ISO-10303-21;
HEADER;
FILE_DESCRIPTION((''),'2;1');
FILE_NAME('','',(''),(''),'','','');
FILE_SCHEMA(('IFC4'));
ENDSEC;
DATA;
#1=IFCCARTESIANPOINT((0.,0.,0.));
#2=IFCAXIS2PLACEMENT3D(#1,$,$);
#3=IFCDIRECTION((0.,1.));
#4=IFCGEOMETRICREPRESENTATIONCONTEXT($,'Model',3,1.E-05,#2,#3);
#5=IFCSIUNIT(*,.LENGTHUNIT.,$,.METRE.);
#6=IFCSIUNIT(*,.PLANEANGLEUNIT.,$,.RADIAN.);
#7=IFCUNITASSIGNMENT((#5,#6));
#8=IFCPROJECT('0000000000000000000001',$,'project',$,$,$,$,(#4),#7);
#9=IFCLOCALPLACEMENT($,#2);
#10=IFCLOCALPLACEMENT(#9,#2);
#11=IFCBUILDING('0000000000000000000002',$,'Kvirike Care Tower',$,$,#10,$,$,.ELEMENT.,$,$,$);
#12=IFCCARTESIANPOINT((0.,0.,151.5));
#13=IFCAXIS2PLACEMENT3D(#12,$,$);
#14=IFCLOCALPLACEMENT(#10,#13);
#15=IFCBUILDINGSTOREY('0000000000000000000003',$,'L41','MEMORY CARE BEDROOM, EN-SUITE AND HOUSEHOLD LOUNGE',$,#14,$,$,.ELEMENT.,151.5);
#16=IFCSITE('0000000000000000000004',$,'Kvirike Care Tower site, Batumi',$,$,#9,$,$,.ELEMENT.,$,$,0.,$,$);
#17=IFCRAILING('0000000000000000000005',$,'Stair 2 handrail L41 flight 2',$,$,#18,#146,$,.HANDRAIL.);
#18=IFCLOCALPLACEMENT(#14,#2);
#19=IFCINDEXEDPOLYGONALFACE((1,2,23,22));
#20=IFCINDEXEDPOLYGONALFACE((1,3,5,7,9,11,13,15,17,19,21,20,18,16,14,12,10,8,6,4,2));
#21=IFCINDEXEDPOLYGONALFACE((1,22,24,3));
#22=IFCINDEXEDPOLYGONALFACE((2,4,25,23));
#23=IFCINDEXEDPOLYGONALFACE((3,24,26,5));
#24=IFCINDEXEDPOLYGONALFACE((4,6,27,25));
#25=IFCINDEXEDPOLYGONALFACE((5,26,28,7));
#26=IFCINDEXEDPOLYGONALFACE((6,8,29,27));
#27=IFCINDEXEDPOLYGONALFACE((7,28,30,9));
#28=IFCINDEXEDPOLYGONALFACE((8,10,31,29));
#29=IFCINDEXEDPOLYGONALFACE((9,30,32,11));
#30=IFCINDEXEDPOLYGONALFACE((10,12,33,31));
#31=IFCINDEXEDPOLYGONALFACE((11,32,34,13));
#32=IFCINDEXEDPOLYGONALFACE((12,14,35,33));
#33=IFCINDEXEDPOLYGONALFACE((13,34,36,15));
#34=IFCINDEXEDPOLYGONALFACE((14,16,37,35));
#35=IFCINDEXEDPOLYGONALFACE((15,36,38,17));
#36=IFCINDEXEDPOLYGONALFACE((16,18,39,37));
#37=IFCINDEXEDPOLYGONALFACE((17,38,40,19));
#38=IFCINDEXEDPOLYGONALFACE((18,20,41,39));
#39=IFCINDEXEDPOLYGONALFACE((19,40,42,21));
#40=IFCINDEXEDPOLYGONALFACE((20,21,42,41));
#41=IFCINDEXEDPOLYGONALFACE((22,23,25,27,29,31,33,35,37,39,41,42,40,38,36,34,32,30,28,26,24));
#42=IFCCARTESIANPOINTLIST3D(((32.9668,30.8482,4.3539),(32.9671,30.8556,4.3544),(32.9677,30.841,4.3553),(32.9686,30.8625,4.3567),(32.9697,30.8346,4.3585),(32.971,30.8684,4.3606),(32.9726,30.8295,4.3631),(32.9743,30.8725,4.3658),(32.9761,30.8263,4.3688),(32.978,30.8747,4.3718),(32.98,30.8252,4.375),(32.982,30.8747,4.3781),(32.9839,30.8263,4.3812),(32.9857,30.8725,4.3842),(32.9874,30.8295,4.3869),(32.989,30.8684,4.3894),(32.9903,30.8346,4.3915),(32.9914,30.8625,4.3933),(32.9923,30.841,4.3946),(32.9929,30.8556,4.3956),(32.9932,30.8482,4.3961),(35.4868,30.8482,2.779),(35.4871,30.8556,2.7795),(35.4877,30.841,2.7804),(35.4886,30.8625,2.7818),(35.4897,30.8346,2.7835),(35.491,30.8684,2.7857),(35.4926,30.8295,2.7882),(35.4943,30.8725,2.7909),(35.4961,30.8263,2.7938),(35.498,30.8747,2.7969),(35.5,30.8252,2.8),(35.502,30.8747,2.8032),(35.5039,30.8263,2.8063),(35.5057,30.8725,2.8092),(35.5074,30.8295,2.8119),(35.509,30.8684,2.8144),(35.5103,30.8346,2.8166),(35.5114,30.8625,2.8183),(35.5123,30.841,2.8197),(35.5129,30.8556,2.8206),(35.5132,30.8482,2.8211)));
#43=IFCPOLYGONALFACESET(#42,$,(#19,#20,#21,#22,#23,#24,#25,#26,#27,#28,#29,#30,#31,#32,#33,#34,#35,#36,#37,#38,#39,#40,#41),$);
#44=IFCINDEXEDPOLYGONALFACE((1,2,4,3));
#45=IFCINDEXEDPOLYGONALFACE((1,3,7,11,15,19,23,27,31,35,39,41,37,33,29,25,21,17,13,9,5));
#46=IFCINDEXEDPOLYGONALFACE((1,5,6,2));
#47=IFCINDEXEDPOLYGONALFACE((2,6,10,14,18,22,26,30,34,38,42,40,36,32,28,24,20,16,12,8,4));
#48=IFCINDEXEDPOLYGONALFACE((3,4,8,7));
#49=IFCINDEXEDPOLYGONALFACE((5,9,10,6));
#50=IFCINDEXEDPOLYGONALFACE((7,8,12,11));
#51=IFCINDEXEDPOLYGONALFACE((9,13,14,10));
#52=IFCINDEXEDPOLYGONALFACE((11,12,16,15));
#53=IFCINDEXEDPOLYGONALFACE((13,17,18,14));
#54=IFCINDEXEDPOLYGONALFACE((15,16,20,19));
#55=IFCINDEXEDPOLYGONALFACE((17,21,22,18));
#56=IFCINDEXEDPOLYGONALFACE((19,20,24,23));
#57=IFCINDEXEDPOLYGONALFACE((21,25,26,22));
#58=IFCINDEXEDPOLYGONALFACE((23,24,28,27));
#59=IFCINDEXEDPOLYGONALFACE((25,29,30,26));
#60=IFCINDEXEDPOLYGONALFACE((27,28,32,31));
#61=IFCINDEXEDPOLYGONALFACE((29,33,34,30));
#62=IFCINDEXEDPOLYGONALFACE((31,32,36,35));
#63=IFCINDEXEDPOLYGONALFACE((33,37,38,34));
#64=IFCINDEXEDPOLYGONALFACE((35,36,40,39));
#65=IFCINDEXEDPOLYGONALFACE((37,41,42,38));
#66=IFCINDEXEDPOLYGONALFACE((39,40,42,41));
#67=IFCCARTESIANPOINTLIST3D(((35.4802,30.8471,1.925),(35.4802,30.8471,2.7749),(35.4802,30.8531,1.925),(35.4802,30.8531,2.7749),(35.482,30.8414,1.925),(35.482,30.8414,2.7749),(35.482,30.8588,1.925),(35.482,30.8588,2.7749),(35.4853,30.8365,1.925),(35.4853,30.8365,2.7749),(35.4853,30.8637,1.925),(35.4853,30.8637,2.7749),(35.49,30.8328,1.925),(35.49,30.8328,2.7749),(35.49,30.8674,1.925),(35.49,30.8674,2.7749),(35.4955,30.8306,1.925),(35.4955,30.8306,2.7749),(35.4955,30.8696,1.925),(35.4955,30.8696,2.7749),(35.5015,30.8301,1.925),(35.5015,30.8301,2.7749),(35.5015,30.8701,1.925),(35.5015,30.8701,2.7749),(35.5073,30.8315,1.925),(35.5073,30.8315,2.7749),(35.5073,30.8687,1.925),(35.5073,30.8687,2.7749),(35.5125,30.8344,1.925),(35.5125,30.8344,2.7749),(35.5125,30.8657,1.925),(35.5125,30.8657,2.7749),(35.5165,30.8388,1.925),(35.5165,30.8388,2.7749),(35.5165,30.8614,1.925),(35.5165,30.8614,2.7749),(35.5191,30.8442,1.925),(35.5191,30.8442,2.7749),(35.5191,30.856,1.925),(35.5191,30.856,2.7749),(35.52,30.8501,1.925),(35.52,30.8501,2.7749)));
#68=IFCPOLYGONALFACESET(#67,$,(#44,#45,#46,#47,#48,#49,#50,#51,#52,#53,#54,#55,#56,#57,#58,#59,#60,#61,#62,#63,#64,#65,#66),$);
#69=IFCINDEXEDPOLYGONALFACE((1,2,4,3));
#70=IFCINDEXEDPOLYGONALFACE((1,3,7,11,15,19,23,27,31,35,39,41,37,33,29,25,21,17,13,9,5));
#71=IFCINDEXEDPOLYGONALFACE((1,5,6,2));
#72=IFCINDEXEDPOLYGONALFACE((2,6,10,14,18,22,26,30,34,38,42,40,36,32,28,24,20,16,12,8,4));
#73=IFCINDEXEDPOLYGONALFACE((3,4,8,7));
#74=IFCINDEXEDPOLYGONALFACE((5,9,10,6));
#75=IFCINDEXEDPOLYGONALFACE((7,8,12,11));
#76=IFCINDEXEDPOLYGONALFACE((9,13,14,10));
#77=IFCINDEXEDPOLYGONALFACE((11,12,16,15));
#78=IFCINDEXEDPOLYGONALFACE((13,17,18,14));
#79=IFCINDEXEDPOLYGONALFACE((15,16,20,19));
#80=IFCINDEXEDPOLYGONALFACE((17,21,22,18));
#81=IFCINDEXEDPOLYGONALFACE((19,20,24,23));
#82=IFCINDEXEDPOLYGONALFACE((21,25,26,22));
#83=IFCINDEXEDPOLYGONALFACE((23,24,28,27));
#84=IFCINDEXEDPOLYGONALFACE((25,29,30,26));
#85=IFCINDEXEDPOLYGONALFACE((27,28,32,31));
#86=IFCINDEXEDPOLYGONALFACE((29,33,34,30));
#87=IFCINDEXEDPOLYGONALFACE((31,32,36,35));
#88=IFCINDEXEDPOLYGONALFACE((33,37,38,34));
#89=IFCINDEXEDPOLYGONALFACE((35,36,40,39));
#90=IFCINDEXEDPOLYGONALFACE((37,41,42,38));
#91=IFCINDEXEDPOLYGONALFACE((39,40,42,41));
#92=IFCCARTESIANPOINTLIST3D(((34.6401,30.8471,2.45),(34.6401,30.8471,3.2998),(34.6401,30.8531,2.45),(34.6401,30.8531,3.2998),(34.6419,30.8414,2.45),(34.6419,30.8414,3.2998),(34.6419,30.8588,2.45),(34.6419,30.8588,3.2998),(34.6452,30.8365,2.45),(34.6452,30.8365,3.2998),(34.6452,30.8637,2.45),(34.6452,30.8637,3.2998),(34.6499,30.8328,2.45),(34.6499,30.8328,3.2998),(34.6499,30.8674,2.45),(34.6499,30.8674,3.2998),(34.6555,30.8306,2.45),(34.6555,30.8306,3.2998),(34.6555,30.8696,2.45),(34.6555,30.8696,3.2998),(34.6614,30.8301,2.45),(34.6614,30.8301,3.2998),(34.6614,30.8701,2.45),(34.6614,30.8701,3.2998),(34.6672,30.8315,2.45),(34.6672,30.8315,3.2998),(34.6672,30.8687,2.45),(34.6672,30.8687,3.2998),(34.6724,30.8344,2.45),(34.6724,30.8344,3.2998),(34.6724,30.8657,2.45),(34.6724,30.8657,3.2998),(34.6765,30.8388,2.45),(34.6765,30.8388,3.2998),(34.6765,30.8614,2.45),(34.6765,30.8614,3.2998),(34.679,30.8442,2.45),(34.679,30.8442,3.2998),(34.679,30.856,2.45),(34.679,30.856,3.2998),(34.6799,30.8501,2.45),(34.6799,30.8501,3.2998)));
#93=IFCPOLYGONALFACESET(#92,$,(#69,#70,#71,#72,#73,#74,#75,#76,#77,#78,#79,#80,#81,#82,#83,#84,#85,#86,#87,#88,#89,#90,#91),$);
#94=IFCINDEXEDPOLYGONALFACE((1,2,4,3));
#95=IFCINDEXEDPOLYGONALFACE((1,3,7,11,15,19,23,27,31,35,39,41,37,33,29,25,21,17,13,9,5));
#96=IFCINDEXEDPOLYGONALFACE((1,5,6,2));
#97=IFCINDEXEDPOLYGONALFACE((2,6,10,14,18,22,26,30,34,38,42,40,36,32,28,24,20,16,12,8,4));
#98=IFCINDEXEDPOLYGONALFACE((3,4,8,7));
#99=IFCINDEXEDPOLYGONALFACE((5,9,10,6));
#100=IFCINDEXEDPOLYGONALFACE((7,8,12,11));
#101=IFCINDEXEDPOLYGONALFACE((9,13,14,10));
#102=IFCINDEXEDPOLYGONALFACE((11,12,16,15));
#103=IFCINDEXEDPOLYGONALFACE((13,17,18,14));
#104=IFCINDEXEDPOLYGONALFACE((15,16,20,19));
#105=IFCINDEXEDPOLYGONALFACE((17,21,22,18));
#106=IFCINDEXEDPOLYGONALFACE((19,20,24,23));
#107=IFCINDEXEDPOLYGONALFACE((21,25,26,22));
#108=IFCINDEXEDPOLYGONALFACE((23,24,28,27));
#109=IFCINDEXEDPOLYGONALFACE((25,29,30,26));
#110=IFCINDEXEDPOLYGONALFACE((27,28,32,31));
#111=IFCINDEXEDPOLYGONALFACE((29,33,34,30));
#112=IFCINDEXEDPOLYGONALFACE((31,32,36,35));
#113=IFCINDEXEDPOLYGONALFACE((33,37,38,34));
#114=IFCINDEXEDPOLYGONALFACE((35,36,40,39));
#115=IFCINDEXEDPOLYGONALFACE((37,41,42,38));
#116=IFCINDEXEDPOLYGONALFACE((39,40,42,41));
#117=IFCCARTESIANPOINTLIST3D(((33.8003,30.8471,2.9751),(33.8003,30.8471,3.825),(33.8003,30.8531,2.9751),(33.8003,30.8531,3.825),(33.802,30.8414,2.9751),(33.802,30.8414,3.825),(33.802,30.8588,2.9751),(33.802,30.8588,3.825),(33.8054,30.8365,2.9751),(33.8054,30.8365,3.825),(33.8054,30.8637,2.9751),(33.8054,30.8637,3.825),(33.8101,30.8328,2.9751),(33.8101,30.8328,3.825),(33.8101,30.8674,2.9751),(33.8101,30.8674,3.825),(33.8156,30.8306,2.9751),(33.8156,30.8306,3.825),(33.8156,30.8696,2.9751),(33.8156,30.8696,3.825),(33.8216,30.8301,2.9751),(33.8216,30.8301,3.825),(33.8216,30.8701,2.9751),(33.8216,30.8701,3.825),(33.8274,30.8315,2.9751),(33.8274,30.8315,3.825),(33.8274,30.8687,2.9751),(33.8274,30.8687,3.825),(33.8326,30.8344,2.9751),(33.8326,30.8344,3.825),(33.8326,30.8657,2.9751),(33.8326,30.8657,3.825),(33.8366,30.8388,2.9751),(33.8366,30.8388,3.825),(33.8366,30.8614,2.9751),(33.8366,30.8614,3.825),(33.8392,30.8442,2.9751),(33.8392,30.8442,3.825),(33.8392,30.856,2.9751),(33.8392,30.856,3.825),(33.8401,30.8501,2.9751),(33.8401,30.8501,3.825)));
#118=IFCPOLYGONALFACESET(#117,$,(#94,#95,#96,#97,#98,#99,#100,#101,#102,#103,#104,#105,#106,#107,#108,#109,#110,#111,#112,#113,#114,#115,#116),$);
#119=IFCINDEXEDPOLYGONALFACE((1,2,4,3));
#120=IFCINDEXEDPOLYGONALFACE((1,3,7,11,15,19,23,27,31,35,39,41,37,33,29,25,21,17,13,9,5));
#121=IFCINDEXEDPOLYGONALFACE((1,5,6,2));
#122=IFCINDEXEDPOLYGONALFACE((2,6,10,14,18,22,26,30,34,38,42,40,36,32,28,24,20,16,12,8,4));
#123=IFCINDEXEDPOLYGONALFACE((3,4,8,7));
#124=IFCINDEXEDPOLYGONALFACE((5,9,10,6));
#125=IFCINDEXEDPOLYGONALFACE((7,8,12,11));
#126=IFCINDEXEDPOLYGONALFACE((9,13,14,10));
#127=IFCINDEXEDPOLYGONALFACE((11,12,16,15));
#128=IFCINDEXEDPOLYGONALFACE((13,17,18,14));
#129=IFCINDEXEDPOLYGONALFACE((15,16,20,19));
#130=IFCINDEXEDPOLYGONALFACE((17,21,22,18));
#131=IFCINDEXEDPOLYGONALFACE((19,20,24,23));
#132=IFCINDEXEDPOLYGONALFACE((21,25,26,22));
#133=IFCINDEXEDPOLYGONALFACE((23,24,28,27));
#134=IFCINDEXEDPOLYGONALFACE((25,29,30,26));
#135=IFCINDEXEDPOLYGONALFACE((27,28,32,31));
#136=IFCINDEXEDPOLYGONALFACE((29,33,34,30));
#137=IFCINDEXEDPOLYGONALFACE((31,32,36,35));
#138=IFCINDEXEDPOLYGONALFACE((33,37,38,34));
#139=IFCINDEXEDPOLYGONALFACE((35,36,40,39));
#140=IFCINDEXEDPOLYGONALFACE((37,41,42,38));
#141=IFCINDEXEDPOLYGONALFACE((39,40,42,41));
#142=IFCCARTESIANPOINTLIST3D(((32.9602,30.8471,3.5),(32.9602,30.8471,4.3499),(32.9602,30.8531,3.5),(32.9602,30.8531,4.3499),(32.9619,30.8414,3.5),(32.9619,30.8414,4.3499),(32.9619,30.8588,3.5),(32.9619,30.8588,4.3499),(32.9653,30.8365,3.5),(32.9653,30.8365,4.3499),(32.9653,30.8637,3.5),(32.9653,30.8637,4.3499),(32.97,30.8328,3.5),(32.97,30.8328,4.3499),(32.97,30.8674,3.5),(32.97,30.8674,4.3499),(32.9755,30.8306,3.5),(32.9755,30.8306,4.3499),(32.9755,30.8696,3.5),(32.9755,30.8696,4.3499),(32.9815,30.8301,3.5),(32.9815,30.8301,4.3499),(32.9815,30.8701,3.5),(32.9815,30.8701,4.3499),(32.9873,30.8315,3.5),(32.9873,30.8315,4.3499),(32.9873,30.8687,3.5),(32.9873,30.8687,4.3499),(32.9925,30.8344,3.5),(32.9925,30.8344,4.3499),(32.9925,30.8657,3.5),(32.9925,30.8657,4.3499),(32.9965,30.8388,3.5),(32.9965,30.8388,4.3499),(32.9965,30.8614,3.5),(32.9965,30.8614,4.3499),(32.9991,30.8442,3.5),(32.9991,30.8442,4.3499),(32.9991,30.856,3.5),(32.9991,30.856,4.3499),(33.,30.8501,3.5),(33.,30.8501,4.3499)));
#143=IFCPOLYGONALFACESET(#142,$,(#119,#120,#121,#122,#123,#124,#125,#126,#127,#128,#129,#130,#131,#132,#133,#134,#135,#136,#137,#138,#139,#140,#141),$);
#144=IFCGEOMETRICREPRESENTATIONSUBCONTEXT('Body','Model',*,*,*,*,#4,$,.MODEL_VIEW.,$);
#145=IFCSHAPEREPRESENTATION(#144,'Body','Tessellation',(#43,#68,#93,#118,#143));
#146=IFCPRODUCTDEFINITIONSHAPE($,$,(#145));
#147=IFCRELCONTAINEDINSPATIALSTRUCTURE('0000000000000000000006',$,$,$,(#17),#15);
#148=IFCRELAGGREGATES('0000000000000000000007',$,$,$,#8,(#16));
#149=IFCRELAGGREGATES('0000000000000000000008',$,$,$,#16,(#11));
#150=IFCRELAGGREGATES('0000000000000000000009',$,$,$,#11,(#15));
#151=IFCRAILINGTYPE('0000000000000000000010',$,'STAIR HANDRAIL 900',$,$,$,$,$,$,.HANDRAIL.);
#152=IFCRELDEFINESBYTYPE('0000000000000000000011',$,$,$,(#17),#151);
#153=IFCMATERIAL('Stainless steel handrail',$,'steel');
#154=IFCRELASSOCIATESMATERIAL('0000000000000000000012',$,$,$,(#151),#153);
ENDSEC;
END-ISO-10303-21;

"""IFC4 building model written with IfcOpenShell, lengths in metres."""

from ifc_helpers import new_model, si_unit, direction, frame, origin, origin_2d, place, context, subcontext, project, spatial, circle, extrude, material, type_object, element, save


model = new_model("IFC4")

# Units and contexts
model_context = context("Model", 3, precision=1e-05, world=origin(), true_north=direction((0.0, 1.0)))
body_context = subcontext(model_context, "Body", "Model", "MODEL_VIEW")
ifc_project = project(units=[si_unit("LENGTHUNIT", "METRE"), si_unit("PLANEANGLEUNIT", "RADIAN")], contexts=[model_context])

# Site, building, storey
site_placement = place(None, origin())
site = spatial("IfcSite", under=ifc_project, at=site_placement, Name="Kvirike Care Tower site, Batumi", CompositionType="ELEMENT", RefElevation=0.0)
building_placement = place(site_placement, origin())
building = spatial("IfcBuilding", under=site, at=building_placement, Name="Kvirike Care Tower", CompositionType="ELEMENT")
storey_placement = place(building_placement, frame((0.0, 0.0, 151.5)))
storey = spatial("IfcBuildingStorey", under=building, at=storey_placement, Name="L41", Description="MEMORY CARE BEDROOM, EN-SUITE AND HOUSEHOLD LOUNGE", CompositionType="ELEMENT", Elevation=151.5)

# Railing
ifc_material_1 = material(Name="Stainless steel handrail", Category="steel")
railing_type = type_object("IfcRailingType", Name="STAIR HANDRAIL 900", PredefinedType="HANDRAIL", material=ifc_material_1)
railing_1_placement = place(storey_placement, frame((35.5, 30.8501, 1.925)))
element("IfcRailing", 1, at=railing_1_placement, inside=storey, type_object=railing_type, Name="Stair 2 handrail L41 flight 2", PredefinedType="HANDRAIL", context=body_context, shape_type="SweptSolid", body=[
    extrude(circle(Radius=0.0249, at=origin_2d()), frame((0.0, 0.0, 0.875), z_axis=(-0.848008, 0.0, 0.529984), x_axis=(0.0, -1.0, 0.0)), (0.0, 0.0, 1.0), 2.9717),
    extrude(circle(Radius=0.02, at=origin_2d()), origin(), (0.0, 0.0, 1.0), 0.8499),
    extrude(circle(Radius=0.02, at=origin_2d()), frame((-0.8401, 0.0, 0.5249)), (0.0, 0.0, 1.0), 0.8499),
    extrude(circle(Radius=0.02, at=origin_2d()), frame((-1.6799, 0.0, 1.05)), (0.0, 0.0, 1.0), 0.8499),
    extrude(circle(Radius=0.02, at=origin_2d()), frame((-2.52, 0.0, 1.575)), (0.0, 0.0, 1.0), 0.8499),
])

save(model, "model.ifc")
